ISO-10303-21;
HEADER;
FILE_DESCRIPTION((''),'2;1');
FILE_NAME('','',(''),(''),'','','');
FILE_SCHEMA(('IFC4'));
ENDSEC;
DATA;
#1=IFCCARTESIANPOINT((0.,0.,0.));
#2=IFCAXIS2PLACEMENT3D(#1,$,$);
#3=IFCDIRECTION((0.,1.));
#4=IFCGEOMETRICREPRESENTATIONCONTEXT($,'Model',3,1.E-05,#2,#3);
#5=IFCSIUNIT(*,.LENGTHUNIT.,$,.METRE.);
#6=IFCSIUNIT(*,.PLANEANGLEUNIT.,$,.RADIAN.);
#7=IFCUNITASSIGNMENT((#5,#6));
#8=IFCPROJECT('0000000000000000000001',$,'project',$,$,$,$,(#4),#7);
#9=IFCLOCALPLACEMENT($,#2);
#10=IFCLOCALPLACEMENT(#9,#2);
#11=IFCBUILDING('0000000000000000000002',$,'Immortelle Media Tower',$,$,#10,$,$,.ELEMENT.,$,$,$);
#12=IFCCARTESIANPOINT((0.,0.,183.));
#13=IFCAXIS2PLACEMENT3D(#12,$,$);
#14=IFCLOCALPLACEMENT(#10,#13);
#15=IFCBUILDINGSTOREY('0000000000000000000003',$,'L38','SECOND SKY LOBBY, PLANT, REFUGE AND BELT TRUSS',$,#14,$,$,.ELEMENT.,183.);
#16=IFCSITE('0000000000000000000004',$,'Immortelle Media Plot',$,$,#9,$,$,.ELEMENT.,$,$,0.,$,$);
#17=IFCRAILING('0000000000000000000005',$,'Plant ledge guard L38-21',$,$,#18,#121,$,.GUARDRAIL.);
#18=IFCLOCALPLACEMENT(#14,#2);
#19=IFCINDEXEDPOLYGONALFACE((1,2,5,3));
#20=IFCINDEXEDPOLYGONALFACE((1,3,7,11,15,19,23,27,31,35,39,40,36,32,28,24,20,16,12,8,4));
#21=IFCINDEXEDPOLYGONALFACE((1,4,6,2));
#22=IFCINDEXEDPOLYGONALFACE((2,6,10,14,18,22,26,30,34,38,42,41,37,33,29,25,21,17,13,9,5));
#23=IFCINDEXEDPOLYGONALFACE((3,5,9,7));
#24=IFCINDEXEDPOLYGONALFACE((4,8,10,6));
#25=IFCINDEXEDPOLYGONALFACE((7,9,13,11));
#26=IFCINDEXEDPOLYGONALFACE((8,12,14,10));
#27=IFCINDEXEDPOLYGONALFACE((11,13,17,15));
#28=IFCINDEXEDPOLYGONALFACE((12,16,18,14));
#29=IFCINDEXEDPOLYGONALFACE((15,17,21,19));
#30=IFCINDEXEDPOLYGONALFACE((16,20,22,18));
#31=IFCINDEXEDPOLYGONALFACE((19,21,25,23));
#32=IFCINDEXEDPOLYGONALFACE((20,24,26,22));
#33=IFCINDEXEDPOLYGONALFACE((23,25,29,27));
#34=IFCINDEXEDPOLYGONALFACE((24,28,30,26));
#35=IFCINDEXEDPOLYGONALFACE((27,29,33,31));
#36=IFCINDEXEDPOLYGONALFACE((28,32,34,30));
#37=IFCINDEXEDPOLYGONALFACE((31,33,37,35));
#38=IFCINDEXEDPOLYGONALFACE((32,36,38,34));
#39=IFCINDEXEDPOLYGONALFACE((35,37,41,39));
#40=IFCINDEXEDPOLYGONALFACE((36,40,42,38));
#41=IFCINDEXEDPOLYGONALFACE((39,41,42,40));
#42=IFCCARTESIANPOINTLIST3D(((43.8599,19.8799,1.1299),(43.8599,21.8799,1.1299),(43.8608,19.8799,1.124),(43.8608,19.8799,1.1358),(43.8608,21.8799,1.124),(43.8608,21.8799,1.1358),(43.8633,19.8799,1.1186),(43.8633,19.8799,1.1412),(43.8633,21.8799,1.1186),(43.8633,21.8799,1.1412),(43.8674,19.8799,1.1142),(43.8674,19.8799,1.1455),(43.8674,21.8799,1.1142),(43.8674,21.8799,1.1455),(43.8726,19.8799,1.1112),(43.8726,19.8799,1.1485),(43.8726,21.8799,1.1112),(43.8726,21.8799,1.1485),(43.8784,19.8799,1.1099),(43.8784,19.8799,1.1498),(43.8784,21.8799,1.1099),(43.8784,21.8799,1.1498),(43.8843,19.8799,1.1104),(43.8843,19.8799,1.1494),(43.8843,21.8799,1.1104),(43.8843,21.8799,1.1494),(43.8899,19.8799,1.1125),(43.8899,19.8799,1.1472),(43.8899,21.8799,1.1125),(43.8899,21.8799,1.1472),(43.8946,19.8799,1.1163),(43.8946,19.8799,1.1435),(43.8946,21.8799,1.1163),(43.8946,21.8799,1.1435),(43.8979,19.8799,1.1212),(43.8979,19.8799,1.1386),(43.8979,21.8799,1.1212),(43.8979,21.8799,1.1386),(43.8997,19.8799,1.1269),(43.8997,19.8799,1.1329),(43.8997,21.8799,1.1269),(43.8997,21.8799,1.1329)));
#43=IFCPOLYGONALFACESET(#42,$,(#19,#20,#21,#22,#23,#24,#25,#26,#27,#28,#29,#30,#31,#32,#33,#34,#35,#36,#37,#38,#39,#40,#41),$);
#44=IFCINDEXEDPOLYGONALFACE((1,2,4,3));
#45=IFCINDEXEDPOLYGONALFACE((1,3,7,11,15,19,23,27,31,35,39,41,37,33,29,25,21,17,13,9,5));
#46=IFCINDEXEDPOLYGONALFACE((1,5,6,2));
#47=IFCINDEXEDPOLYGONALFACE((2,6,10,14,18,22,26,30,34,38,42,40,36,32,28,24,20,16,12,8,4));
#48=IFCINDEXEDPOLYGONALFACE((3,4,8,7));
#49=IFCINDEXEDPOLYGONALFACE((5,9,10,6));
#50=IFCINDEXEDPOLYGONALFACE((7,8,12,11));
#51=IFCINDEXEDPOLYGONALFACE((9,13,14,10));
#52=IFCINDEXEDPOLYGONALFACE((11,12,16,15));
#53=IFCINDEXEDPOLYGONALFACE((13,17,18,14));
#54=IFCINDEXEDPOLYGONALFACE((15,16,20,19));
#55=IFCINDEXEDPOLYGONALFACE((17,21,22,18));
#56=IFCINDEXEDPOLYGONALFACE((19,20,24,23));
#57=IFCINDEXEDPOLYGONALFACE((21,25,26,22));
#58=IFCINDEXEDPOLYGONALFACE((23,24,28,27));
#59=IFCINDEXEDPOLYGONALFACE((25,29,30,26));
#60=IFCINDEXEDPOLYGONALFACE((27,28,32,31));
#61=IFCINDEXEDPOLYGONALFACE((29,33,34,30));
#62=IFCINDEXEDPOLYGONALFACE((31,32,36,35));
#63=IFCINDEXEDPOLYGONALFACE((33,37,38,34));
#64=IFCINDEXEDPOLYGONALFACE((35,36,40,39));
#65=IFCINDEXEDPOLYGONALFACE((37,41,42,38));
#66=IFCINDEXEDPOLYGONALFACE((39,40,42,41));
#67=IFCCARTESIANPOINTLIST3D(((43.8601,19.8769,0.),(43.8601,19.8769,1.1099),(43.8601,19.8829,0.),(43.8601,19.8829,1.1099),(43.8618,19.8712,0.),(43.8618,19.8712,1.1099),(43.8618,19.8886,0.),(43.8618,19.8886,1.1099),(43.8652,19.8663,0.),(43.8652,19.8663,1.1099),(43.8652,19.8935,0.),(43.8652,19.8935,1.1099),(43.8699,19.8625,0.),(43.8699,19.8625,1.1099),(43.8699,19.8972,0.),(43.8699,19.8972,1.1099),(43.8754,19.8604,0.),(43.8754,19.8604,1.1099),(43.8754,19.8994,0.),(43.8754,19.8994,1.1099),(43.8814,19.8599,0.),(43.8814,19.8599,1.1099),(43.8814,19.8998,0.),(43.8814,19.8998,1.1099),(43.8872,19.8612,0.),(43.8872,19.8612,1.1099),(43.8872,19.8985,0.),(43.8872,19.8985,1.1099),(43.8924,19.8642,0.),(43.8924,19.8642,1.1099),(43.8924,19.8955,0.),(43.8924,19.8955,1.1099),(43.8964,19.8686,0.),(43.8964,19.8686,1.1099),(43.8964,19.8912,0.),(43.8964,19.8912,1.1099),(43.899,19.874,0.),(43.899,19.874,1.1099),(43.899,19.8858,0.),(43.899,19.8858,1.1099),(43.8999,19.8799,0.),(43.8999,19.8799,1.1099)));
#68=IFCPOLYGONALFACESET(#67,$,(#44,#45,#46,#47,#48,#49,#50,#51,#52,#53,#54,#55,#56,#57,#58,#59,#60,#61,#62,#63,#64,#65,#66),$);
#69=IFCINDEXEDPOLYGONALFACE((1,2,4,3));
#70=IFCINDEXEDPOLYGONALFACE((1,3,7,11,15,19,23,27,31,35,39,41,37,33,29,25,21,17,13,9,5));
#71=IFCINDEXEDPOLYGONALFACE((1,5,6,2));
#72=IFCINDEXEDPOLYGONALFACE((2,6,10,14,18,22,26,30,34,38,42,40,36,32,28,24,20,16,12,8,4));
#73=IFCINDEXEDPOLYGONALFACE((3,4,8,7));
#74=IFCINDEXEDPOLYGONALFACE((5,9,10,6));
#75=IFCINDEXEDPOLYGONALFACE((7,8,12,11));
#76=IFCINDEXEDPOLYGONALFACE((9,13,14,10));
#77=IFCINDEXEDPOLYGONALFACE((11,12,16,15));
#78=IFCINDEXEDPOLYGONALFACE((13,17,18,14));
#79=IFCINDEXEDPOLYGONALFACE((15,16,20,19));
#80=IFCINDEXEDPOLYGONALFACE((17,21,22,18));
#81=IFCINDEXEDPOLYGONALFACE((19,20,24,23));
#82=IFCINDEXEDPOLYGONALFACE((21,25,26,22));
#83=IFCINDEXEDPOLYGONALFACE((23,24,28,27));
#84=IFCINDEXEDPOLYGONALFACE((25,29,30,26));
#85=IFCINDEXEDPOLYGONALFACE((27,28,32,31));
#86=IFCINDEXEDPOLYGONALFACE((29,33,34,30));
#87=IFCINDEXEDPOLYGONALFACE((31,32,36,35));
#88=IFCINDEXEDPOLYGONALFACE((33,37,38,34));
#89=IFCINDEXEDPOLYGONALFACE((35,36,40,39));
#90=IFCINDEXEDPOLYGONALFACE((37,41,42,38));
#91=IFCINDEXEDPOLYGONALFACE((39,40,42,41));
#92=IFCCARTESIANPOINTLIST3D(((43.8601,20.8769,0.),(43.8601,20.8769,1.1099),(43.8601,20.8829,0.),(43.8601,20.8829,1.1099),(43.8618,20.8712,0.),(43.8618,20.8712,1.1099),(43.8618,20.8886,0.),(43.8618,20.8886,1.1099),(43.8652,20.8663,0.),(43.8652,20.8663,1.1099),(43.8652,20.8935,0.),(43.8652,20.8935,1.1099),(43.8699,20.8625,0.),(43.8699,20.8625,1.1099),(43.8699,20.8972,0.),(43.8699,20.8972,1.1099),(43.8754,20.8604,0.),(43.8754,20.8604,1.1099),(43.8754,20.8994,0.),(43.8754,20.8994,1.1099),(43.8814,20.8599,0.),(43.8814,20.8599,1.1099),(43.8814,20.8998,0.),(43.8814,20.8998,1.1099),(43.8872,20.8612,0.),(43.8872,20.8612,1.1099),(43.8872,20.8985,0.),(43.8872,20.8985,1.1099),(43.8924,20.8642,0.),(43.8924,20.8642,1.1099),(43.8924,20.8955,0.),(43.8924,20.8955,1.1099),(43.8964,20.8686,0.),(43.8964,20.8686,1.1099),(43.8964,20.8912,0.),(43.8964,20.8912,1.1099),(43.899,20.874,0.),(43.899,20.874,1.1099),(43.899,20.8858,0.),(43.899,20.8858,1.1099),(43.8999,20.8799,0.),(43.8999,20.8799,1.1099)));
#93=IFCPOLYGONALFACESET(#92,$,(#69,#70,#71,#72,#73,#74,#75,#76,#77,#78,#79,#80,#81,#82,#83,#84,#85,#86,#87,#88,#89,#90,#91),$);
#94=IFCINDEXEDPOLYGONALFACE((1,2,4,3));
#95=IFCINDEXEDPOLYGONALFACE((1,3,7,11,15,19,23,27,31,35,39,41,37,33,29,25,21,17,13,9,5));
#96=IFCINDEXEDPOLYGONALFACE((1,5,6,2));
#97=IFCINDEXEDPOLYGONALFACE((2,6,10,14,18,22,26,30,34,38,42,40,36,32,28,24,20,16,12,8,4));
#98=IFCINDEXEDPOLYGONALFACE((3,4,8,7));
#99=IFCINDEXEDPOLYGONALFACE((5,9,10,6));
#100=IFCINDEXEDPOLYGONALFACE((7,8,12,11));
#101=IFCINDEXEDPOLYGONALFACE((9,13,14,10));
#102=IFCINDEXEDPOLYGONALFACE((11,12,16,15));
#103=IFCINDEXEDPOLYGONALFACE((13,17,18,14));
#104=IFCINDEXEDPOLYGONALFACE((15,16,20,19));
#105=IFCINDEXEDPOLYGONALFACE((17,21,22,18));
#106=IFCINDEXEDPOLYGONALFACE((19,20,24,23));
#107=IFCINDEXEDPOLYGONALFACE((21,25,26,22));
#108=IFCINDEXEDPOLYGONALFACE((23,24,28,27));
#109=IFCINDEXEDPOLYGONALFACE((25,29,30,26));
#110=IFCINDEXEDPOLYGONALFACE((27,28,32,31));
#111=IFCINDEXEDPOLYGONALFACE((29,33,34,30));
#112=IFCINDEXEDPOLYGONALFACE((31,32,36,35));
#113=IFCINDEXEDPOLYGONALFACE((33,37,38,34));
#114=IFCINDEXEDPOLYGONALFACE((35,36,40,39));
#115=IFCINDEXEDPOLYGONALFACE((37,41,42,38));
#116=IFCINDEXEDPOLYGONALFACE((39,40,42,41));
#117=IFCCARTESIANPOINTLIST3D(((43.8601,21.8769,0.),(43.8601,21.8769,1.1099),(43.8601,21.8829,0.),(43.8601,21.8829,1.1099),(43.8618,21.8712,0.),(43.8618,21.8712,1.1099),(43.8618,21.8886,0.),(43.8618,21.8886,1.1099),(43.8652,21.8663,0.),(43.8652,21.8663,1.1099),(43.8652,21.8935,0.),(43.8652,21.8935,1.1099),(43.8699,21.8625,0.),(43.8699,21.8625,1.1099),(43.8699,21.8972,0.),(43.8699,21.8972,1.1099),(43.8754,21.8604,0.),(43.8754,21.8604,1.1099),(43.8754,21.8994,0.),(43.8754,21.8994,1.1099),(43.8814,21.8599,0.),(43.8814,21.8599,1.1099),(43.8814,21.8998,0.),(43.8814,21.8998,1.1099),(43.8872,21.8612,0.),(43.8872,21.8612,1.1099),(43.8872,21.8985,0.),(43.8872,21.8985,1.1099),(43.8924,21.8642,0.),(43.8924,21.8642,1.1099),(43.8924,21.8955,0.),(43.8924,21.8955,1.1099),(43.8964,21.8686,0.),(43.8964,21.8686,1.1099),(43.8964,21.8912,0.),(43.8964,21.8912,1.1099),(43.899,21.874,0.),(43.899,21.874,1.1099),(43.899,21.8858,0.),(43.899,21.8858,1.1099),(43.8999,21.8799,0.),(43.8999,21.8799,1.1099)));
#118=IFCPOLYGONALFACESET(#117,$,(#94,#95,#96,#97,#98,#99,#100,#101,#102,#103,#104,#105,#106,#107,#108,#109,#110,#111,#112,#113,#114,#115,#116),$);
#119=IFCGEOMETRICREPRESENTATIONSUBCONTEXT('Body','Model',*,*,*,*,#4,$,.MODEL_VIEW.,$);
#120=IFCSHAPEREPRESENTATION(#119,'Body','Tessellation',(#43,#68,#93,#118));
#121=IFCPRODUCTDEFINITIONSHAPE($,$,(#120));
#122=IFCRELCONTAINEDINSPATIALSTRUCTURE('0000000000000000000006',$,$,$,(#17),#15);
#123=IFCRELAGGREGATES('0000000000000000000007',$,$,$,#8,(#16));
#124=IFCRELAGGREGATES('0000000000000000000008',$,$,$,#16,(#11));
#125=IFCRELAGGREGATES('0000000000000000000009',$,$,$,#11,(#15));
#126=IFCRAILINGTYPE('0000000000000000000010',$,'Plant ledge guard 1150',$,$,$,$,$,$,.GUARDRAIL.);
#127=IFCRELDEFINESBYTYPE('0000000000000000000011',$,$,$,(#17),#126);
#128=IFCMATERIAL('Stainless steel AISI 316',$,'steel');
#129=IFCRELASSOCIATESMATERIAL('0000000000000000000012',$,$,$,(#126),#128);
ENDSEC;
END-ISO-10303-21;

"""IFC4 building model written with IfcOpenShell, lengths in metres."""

from ifc_helpers import new_model, si_unit, direction, frame, origin, origin_2d, place, context, subcontext, project, spatial, circle, extrude, material, type_object, element, save


model = new_model("IFC4")

# Units and contexts
model_context = context("Model", 3, precision=1e-05, world=origin(), true_north=direction((0.0, 1.0)))
body_context = subcontext(model_context, "Body", "Model", "MODEL_VIEW")
ifc_project = project(units=[si_unit("LENGTHUNIT", "METRE"), si_unit("PLANEANGLEUNIT", "RADIAN")], contexts=[model_context])

# Site, building, storey
site_placement = place(None, origin())
site = spatial("IfcSite", under=ifc_project, at=site_placement, Name="Immortelle Media Plot", CompositionType="ELEMENT", RefElevation=0.0)
building_placement = place(site_placement, origin())
building = spatial("IfcBuilding", under=site, at=building_placement, Name="Immortelle Media Tower", CompositionType="ELEMENT")
storey_placement = place(building_placement, frame((0.0, 0.0, 183.0)))
storey = spatial("IfcBuildingStorey", under=building, at=storey_placement, Name="L38", Description="SECOND SKY LOBBY, PLANT, REFUGE AND BELT TRUSS", CompositionType="ELEMENT", Elevation=183.0)

# Railing
ifc_material_1 = material(Name="Stainless steel AISI 316", Category="steel")
railing_type = type_object("IfcRailingType", Name="Plant ledge guard 1150", PredefinedType="GUARDRAIL", material=ifc_material_1)
railing_1_placement = place(storey_placement, frame((43.8799, 19.8799, 0.0)))
element("IfcRailing", 1, at=railing_1_placement, inside=storey, type_object=railing_type, Name="Plant ledge guard L38-21", PredefinedType="GUARDRAIL", context=body_context, shape_type="SweptSolid", body=[
    extrude(circle(Radius=0.02, at=origin_2d()), frame((0.0, 0.0, 1.1299), z_axis=(0.0, 1.0, 0.0), x_axis=(-1.0, 0.0, 0.0)), (0.0, 0.0, 1.0), 2.0),
    extrude(circle(Radius=0.02, at=origin_2d()), origin(), (0.0, 0.0, 1.0), 1.1099),
    extrude(circle(Radius=0.02, at=origin_2d()), frame((0.0, 1.0, 0.0)), (0.0, 0.0, 1.0), 1.1099),
    extrude(circle(Radius=0.02, at=origin_2d()), frame((0.0, 2.0, 0.0)), (0.0, 0.0, 1.0), 1.1099),
])

save(model, "model.ifc")
